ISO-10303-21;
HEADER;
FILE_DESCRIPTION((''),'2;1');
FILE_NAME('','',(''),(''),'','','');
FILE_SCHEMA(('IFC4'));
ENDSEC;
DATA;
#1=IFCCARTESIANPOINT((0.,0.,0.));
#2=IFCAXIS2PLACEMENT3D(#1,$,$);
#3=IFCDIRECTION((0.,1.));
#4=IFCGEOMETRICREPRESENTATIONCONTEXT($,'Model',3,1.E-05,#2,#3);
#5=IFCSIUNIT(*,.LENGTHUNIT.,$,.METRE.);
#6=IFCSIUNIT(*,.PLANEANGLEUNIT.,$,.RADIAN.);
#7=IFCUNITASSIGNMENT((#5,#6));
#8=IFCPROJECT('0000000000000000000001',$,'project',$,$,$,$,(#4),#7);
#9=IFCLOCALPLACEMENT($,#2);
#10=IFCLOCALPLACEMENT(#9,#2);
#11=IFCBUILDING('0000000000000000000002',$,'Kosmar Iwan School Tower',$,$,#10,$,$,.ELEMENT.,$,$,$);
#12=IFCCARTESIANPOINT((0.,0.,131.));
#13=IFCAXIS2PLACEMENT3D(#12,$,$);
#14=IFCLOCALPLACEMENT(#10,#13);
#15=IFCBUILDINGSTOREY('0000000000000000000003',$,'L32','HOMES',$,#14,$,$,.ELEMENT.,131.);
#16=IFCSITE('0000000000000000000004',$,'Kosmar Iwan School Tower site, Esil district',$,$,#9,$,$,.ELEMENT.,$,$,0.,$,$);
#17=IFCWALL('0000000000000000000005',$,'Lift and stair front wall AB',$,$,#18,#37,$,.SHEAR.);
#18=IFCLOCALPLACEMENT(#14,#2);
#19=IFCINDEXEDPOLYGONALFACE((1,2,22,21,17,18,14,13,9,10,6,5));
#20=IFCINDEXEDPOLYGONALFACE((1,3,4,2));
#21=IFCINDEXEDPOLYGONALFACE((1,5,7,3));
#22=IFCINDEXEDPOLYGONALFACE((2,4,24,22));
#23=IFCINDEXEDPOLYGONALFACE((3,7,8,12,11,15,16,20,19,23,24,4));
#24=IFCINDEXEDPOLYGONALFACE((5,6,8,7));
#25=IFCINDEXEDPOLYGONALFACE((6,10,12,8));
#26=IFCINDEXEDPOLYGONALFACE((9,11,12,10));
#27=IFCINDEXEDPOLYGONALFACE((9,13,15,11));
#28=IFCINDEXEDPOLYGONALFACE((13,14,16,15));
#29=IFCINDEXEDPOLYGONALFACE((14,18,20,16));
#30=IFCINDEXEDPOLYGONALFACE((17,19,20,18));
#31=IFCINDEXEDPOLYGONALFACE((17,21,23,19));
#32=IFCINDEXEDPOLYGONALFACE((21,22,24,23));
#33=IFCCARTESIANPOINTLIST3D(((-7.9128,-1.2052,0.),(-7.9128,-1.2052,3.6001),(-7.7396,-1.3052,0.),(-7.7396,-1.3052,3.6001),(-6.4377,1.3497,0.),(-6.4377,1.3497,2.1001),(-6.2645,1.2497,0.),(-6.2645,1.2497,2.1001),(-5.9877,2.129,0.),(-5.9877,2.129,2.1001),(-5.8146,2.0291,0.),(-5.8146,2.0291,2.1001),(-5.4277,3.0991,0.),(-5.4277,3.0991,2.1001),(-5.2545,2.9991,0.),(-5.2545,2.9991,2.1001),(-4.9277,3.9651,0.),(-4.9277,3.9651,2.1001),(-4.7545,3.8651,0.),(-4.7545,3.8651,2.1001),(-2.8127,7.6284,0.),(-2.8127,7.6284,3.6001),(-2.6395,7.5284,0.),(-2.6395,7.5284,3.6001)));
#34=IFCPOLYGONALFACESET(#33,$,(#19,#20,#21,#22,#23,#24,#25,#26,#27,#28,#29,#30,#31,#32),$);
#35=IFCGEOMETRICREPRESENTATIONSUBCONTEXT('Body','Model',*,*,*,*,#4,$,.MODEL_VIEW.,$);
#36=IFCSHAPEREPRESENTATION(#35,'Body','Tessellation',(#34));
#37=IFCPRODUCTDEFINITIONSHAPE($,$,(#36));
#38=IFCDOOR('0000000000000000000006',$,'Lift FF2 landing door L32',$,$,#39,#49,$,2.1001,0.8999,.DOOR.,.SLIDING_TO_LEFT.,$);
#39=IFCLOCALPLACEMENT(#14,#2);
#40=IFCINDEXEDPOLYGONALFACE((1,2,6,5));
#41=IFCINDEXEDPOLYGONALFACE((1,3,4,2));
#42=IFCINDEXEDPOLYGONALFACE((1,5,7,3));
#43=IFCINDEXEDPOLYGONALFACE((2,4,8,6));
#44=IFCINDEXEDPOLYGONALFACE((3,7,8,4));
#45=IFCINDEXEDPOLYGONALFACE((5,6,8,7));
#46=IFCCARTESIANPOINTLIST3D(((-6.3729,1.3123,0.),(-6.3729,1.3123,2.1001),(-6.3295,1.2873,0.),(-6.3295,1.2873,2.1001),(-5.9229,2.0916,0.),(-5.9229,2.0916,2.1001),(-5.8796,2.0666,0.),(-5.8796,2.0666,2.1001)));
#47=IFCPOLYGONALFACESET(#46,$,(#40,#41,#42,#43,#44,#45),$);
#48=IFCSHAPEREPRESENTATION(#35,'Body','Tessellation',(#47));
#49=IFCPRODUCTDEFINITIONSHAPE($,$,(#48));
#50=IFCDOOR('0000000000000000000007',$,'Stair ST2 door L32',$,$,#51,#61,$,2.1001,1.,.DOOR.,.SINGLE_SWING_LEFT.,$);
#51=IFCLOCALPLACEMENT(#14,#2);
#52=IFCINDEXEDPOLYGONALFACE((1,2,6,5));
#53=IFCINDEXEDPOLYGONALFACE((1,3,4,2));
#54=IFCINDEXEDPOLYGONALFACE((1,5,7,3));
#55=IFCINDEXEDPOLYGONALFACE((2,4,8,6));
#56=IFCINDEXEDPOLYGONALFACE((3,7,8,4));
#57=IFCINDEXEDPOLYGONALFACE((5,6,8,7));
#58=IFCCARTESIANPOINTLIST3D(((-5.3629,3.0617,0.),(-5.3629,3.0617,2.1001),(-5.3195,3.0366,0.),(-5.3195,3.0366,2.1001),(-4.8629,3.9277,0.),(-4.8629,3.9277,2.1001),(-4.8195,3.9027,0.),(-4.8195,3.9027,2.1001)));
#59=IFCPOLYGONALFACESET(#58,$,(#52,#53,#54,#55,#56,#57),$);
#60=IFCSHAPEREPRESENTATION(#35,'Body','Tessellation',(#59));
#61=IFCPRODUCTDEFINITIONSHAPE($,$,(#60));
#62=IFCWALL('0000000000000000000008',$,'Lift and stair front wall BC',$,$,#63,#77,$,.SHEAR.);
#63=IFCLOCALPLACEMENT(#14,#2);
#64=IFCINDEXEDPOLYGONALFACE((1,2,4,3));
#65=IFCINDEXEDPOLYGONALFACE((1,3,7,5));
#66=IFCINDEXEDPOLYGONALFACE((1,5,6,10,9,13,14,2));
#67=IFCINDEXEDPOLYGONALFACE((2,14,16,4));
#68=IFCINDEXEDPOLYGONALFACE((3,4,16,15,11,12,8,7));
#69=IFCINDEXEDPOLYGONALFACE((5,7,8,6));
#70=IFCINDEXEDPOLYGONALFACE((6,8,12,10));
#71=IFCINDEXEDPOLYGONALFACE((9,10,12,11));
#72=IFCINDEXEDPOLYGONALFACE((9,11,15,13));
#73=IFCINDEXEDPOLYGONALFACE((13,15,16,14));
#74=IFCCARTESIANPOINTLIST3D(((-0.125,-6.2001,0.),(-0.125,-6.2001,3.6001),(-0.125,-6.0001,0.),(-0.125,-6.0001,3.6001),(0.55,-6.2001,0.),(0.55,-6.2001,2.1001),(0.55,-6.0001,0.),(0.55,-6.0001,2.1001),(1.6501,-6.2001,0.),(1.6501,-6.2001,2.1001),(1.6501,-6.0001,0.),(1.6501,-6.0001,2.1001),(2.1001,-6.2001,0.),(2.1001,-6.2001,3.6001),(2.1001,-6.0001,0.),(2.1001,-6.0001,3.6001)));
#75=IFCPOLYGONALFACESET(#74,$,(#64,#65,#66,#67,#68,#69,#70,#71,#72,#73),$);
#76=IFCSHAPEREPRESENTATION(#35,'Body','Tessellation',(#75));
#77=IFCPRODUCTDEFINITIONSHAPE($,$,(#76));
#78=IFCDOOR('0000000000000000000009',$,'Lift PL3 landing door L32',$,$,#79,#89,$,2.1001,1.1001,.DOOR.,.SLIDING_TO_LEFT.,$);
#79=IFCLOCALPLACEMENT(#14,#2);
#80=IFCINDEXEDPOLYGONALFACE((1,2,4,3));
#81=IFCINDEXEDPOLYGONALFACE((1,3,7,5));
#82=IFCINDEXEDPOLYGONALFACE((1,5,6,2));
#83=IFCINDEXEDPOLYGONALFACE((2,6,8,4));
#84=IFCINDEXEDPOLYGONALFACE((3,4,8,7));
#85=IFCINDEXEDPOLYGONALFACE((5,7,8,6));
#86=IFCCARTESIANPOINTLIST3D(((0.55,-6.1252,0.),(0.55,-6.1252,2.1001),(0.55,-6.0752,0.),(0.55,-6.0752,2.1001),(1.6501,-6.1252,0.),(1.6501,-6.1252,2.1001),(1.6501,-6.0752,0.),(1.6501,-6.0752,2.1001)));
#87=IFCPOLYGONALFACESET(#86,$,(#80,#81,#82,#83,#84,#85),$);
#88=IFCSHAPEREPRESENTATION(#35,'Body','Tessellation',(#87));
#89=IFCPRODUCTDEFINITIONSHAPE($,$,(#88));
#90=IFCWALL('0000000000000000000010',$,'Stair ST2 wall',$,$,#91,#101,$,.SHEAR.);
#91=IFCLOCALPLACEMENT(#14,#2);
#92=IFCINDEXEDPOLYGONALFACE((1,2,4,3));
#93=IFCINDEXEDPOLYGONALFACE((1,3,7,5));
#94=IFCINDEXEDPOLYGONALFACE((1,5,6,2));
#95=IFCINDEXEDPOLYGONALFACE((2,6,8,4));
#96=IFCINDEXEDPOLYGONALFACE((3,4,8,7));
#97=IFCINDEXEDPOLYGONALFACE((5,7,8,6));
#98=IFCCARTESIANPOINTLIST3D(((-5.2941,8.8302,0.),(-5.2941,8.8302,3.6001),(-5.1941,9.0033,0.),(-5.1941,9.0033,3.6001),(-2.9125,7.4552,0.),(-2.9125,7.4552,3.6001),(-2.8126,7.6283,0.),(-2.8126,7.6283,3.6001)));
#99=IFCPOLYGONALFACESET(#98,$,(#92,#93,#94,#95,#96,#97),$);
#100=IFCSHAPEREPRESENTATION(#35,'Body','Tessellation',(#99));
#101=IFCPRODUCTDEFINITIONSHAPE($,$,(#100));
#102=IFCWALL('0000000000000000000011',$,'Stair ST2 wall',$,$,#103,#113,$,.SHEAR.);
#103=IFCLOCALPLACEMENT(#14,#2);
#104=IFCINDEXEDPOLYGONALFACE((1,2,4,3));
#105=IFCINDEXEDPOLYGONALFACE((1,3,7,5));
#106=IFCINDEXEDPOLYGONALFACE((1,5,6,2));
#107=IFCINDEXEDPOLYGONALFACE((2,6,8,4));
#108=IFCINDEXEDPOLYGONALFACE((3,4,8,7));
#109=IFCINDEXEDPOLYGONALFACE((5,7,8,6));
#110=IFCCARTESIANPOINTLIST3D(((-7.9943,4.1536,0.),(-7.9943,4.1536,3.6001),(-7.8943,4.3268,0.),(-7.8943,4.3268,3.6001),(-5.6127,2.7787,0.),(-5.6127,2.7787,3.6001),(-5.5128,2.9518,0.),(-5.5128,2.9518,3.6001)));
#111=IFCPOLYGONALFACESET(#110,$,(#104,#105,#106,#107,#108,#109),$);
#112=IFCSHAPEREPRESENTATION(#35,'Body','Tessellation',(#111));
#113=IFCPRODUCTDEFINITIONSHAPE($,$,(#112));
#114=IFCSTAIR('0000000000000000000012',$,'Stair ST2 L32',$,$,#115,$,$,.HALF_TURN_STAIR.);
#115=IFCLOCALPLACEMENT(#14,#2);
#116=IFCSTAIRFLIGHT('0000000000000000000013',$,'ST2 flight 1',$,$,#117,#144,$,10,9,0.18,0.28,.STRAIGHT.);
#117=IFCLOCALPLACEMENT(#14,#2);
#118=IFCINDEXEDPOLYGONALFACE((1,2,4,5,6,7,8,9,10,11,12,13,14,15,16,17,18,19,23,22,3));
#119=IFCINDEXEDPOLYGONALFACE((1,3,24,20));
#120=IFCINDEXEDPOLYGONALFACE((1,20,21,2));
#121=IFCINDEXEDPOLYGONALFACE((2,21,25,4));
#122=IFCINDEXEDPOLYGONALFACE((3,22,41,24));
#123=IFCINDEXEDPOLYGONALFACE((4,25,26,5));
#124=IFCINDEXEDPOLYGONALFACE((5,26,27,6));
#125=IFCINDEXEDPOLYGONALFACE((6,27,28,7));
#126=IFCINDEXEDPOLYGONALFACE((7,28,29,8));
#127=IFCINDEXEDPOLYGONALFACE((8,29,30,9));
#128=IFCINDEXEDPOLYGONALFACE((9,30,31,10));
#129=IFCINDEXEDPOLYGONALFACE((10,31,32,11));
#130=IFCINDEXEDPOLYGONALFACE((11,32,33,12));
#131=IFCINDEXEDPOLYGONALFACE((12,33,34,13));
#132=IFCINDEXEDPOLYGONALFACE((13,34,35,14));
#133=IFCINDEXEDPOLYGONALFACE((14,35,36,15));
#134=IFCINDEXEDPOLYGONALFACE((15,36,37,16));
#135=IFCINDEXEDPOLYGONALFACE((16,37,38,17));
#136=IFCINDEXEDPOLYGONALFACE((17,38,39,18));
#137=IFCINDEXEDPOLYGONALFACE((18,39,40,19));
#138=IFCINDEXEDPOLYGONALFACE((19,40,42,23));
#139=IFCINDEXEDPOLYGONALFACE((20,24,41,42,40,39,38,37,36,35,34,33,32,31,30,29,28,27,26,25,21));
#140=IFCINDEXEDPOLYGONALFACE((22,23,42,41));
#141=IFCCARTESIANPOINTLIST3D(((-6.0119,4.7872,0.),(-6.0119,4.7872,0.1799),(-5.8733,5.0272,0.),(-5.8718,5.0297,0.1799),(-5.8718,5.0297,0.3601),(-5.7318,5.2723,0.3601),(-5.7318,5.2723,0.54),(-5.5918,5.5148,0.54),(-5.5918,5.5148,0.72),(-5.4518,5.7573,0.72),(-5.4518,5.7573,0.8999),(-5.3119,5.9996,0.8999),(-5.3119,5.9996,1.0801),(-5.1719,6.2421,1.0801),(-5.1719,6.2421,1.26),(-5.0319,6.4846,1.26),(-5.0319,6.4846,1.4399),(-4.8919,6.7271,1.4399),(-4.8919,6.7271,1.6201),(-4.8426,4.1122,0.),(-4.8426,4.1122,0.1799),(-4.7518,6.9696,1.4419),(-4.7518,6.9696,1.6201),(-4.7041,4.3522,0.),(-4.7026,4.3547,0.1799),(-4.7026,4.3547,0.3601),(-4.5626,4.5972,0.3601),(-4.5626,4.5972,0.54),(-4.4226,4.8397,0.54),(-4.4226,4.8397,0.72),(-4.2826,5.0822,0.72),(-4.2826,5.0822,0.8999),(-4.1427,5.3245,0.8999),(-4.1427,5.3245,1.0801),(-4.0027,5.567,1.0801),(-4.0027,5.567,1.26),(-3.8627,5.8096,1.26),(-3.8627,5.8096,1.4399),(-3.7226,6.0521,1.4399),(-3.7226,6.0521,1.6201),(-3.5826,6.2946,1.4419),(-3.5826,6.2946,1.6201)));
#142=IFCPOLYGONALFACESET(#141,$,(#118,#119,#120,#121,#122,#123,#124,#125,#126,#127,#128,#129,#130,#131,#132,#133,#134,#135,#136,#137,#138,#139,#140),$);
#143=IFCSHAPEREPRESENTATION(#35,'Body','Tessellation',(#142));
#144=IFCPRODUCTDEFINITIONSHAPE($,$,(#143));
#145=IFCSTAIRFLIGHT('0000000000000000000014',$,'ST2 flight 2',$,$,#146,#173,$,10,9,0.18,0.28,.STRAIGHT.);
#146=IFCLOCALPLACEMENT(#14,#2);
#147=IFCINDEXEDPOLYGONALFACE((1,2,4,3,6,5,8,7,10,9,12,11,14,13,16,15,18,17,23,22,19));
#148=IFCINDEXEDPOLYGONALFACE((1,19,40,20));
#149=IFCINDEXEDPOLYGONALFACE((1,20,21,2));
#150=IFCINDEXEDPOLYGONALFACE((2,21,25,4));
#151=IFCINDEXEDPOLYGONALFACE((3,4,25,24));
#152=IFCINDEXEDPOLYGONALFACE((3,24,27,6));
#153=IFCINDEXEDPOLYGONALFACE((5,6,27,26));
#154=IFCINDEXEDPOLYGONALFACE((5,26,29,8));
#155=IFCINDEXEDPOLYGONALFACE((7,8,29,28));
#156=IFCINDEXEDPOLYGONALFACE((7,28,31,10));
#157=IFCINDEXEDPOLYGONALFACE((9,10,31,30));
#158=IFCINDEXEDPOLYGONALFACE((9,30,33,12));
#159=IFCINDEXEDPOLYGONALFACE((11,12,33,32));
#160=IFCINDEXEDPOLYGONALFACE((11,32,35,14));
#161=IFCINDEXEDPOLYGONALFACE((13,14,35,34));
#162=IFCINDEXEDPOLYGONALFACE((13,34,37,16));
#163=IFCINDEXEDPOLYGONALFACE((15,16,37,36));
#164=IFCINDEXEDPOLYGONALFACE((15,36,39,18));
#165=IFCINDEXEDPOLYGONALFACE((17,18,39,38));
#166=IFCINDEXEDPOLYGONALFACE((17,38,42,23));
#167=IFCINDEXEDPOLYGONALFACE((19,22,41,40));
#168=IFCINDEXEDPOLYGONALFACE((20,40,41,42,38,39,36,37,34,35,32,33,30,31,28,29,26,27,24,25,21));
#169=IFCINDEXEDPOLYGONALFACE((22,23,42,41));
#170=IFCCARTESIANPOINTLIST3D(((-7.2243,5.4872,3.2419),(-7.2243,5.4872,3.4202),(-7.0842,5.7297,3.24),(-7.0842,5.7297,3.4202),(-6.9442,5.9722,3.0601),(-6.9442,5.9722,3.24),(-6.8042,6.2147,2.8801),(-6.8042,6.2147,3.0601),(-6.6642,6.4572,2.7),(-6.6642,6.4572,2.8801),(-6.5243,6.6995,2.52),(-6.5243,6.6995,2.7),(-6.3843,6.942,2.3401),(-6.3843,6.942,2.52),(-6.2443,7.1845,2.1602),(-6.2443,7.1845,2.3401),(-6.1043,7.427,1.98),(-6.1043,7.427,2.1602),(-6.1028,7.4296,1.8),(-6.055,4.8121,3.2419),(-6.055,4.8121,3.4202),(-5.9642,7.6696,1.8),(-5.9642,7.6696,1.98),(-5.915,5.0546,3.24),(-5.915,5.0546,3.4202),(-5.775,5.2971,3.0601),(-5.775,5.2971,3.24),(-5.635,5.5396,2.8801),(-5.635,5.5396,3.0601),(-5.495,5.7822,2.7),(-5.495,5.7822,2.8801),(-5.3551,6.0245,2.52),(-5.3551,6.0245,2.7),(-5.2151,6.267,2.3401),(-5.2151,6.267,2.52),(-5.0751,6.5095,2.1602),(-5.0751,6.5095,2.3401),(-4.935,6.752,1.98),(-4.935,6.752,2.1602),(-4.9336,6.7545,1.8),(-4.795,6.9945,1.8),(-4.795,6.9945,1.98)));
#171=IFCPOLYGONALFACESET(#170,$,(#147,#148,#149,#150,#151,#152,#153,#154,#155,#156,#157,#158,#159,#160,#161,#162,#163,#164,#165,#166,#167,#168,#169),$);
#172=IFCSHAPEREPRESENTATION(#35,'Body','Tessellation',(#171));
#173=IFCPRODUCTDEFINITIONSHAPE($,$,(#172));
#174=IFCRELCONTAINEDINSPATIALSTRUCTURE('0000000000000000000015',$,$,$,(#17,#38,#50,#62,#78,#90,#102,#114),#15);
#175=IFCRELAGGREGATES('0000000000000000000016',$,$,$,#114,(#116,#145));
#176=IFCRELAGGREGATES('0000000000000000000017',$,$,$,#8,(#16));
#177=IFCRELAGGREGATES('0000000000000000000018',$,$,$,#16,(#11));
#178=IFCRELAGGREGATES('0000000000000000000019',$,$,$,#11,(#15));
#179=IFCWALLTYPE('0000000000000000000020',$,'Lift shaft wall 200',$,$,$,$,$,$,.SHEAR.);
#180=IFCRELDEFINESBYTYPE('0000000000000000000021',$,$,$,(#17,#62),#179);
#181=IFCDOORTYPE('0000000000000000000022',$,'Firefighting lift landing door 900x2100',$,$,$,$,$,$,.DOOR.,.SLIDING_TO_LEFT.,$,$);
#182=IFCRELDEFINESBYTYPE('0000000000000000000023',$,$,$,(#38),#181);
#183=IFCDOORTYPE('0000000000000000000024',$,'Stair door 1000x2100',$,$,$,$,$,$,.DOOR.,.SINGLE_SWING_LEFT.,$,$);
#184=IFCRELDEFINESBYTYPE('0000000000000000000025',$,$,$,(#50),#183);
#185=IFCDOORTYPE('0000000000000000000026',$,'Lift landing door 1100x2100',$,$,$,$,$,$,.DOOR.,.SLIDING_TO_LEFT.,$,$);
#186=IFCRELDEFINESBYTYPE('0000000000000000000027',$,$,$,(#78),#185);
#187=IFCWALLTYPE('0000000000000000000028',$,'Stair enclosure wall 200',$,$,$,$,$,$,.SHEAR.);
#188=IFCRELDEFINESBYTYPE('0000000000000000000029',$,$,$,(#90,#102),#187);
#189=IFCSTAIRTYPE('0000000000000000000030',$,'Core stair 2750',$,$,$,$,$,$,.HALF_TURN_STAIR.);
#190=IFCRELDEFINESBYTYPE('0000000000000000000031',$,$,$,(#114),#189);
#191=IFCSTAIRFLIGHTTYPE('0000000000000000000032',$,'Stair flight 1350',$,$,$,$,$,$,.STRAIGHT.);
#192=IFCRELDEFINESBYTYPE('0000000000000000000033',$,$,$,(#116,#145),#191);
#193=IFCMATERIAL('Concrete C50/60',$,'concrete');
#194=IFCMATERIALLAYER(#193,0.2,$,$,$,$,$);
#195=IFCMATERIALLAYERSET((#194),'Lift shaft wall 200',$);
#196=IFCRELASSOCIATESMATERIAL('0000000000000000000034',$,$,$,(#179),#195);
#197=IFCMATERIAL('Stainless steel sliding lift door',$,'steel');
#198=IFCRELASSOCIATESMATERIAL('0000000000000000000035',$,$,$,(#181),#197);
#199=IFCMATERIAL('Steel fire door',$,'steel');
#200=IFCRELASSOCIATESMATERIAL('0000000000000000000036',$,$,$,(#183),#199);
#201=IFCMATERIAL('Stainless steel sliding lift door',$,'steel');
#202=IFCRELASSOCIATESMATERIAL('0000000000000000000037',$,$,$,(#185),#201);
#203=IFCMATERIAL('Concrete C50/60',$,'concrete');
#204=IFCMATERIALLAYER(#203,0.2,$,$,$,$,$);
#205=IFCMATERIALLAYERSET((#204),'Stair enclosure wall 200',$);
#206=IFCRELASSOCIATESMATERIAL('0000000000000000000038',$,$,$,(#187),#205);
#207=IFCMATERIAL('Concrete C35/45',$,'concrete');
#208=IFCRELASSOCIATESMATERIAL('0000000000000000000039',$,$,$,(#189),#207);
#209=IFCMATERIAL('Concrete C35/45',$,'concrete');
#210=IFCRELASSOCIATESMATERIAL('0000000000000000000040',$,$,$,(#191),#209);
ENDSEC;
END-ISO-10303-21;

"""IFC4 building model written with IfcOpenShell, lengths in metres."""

from ifc_helpers import new_model, si_unit, direction, frame, frame_2d, origin, place, context, subcontext, project, spatial, polyline, rectangle, outline, extrude, material, layer, layer_set, type_object, element, fill, aggregate, save


model = new_model("IFC4")

# Units and contexts
model_context = context("Model", 3, precision=1e-05, world=origin(), true_north=direction((0.0, 1.0)))
body_context = subcontext(model_context, "Body", "Model", "MODEL_VIEW")
ifc_project = project(units=[si_unit("LENGTHUNIT", "METRE"), si_unit("PLANEANGLEUNIT", "RADIAN")], contexts=[model_context])

# Site, building, storey
site_placement = place(None, origin())
site = spatial("IfcSite", under=ifc_project, at=site_placement, Name="Kosmar Iwan School Tower site, Esil district", CompositionType="ELEMENT", RefElevation=0.0)
building_placement = place(site_placement, origin())
building = spatial("IfcBuilding", under=site, at=building_placement, Name="Kosmar Iwan School Tower", CompositionType="ELEMENT")
storey_placement = place(building_placement, frame((0.0, 0.0, 131.0)))
storey = spatial("IfcBuildingStorey", under=building, at=storey_placement, Name="L32", Description="HOMES", CompositionType="ELEMENT", Elevation=131.0)

# Wall, openings, doors
ifc_material_1 = material(Name="Concrete C50/60", Category="concrete")
ifc_layer_1 = layer(ifc_material_1, 0.2)
ifc_layer_set_1 = layer_set([ifc_layer_1], Name="Lift shaft wall 200")
wall_type_1 = type_object("IfcWallType", Name="Lift shaft wall 200", PredefinedType="SHEAR", material=ifc_layer_set_1)
wall_1_placement = place(storey_placement, frame((-2.7261, 7.5784, 0.0), z_axis=(0.0, 0.0, 1.0), x_axis=(-0.500006, -0.866022, 0.0)))
wall_1 = element("IfcWall", 1, at=wall_1_placement, inside=storey, type_object=wall_type_1, Name="Lift and stair front wall AB", PredefinedType="SHEAR", context=body_context, shape_type="SweptSolid", body=[
    extrude(rectangle(XDim=10.2002, YDim=0.2, at=frame_2d((5.1001, 0.0))), origin(), (0.0, 0.0, 1.0), 3.6001),
])
opening_1_placement = place(wall_1_placement, frame((6.3501, 0.0, 0.0)))
opening_1 = element("IfcOpeningElement", 2, at=opening_1_placement, cuts=wall_1, PredefinedType="OPENING", context=body_context, shape_type="SweptSolid", body=[
    extrude(rectangle(XDim=0.8999, YDim=2.1001, at=frame_2d((0.45, 1.05))), frame((0.0, 0.1121, 0.0), z_axis=(0.0, -1.0, 0.0), x_axis=(1.0, 0.0, 0.0)), (0.0, 0.0, 1.0), 0.2239),
])
opening_2_placement = place(wall_1_placement, frame((4.23, 0.0, 0.0)))
opening_2 = element("IfcOpeningElement", 3, at=opening_2_placement, cuts=wall_1, PredefinedType="OPENING", context=body_context, shape_type="SweptSolid", body=[
    extrude(rectangle(XDim=1.0, YDim=2.1001, at=frame_2d((0.5, 1.05))), frame((0.0, 0.1121, 0.0), z_axis=(0.0, -1.0, 0.0), x_axis=(1.0, 0.0, 0.0)), (0.0, 0.0, 1.0), 0.2239),
])
ifc_material_2 = material(Name="Stainless steel sliding lift door", Category="steel")
door_type_1 = type_object("IfcDoorType", Name="Firefighting lift landing door 900x2100", OperationType="SLIDING_TO_LEFT", PredefinedType="DOOR", material=ifc_material_2)
door_1_placement = place(opening_1_placement, origin())
door_1 = element("IfcDoor", 4, at=door_1_placement, inside=storey, type_object=door_type_1, Name="Lift FF2 landing door L32", OperationType="SLIDING_TO_LEFT", OverallHeight=2.1001, OverallWidth=0.8999, PredefinedType="DOOR", context=body_context, shape_type="SweptSolid", body=[
    extrude(rectangle(XDim=0.8999, YDim=2.1001, at=frame_2d((0.45, 1.05))), frame((0.0, 0.0249, 0.0), z_axis=(0.0, -1.0, 0.0), x_axis=(1.0, 0.0, 0.0)), (0.0, 0.0, 1.0), 0.05),
])
fill(opening_1, door_1)
ifc_material_3 = material(Name="Steel fire door", Category="steel")
door_type_2 = type_object("IfcDoorType", Name="Stair door 1000x2100", OperationType="SINGLE_SWING_LEFT", PredefinedType="DOOR", material=ifc_material_3)
door_2_placement = place(opening_2_placement, origin())
door_2 = element("IfcDoor", 5, at=door_2_placement, inside=storey, type_object=door_type_2, Name="Stair ST2 door L32", OperationType="SINGLE_SWING_LEFT", OverallHeight=2.1001, OverallWidth=1.0, PredefinedType="DOOR", context=body_context, shape_type="SweptSolid", body=[
    extrude(rectangle(XDim=1.0, YDim=2.1001, at=frame_2d((0.5, 1.05))), frame((0.0, 0.0249, 0.0), z_axis=(0.0, -1.0, 0.0), x_axis=(1.0, 0.0, 0.0)), (0.0, 0.0, 1.0), 0.05),
])
fill(opening_2, door_2)

# Wall, opening, door
wall_2_placement = place(storey_placement, frame((-0.125, -6.1001, 0.0), z_axis=(0.0, 0.0, 1.0), x_axis=(1.0, 0.0, 0.0)))
wall_2 = element("IfcWall", 6, at=wall_2_placement, inside=storey, type_object=wall_type_1, Name="Lift and stair front wall BC", PredefinedType="SHEAR", context=body_context, shape_type="SweptSolid", body=[
    extrude(rectangle(XDim=2.2251, YDim=0.2, at=frame_2d((1.1125, 0.0))), origin(), (0.0, 0.0, 1.0), 3.6001),
])
opening_3_placement = place(wall_2_placement, frame((0.675, 0.0, 0.0)))
opening_3 = element("IfcOpeningElement", 7, at=opening_3_placement, cuts=wall_2, PredefinedType="OPENING", context=body_context, shape_type="SweptSolid", body=[
    extrude(rectangle(XDim=1.1001, YDim=2.1001, at=frame_2d((0.55, 1.05))), frame((0.0, 0.1121, 0.0), z_axis=(0.0, -1.0, 0.0), x_axis=(1.0, 0.0, 0.0)), (0.0, 0.0, 1.0), 0.2239),
])
ifc_material_4 = material(Name="Stainless steel sliding lift door", Category="steel")
door_type_3 = type_object("IfcDoorType", Name="Lift landing door 1100x2100", OperationType="SLIDING_TO_LEFT", PredefinedType="DOOR", material=ifc_material_4)
door_3_placement = place(opening_3_placement, origin())
door_3 = element("IfcDoor", 8, at=door_3_placement, inside=storey, type_object=door_type_3, Name="Lift PL3 landing door L32", OperationType="SLIDING_TO_LEFT", OverallHeight=2.1001, OverallWidth=1.1001, PredefinedType="DOOR", context=body_context, shape_type="SweptSolid", body=[
    extrude(rectangle(XDim=1.1001, YDim=2.1001, at=frame_2d((0.55, 1.05))), frame((0.0, 0.0249, 0.0), z_axis=(0.0, -1.0, 0.0), x_axis=(1.0, 0.0, 0.0)), (0.0, 0.0, 1.0), 0.05),
])
fill(opening_3, door_3)

# Walls
ifc_material_5 = material(Name="Concrete C50/60", Category="concrete")
ifc_layer_2 = layer(ifc_material_5, 0.2)
ifc_layer_set_2 = layer_set([ifc_layer_2], Name="Stair enclosure wall 200")
wall_type_2 = type_object("IfcWallType", Name="Stair enclosure wall 200", PredefinedType="SHEAR", material=ifc_layer_set_2)
for number, where, z_axis, x_axis, name in (
    (9, (-2.8625, 7.5417, 0.0), (0.0, 0.0, 1.0), (-0.866027, 0.499997, 0.0), "Stair ST2 wall"),
    (10, (-5.5627, 2.8652, 0.0), (0.0, 0.0, 1.0), (-0.866027, 0.499997, 0.0), "Stair ST2 wall"),
):
    element("IfcWall", number, at=place(storey_placement, frame(where, z_axis=z_axis, x_axis=x_axis)), inside=storey, type_object=wall_type_2, Name=name, PredefinedType="SHEAR", context=body_context, shape_type="SweptSolid", body=[
        extrude(rectangle(XDim=2.75, YDim=0.2, at=frame_2d((1.375, 0.0))), origin(), (0.0, 0.0, 1.0), 3.6001),
    ])

# Stair, stair flights
ifc_material_6 = material(Name="Concrete C35/45", Category="concrete")
stair_type = type_object("IfcStairType", Name="Core stair 2750", PredefinedType="HALF_TURN_STAIR", material=ifc_material_6)
stair_placement = place(storey_placement, origin())
stair = element("IfcStair", 11, at=stair_placement, inside=storey, type_object=stair_type, Name="Stair ST2 L32", PredefinedType="HALF_TURN_STAIR")
ifc_material_7 = material(Name="Concrete C35/45", Category="concrete")
stair_flight_type = type_object("IfcStairFlightType", Name="Stair flight 1350", PredefinedType="STRAIGHT", material=ifc_material_7)
stair_flight_1_placement = place(storey_placement, frame((-5.4272, 4.4497, 0.0), z_axis=(0.0, 0.0, 1.0), x_axis=(0.5, 0.866025, 0.0)))
stair_flight_1 = element("IfcStairFlight", 12, at=stair_flight_1_placement, type_object=stair_flight_type, Name="ST2 flight 1", NumberOfRisers=10, NumberOfTreads=9, PredefinedType="STRAIGHT", RiserHeight=0.18, TreadLength=0.28, context=body_context, shape_type="SweptSolid", body=[
    extrude(outline(polyline([(0.0, 0.0), (0.0, 0.1799), (0.28, 0.1799), (0.28, 0.3601), (0.5601, 0.3601), (0.5601, 0.54), (0.8401, 0.54), (0.8401, 0.72), (1.1201, 0.72), (1.1201, 0.8999), (1.3999, 0.8999), (1.3999, 1.0801), (1.6799, 1.0801), (1.6799, 1.26), (1.96, 1.26), (1.96, 1.4399), (2.24, 1.4399), (2.24, 1.6201), (2.52, 1.6201), (2.52, 1.8), (2.52, 1.4419), (0.2771, 0.0), (0.0, 0.0)])), frame((0.0, 0.675, 0.0), z_axis=(0.0, -1.0, 0.0), x_axis=(1.0, 0.0, 0.0)), (0.0, 0.0, 1.0), 1.3501),
])
stair_flight_2_placement = place(storey_placement, frame((-5.3796, 7.332, 1.8), z_axis=(0.0, 0.0, 1.0), x_axis=(-0.5, -0.866025, 0.0)))
stair_flight_2 = element("IfcStairFlight", 13, at=stair_flight_2_placement, type_object=stair_flight_type, Name="ST2 flight 2", NumberOfRisers=10, NumberOfTreads=9, PredefinedType="STRAIGHT", RiserHeight=0.18, TreadLength=0.28, context=body_context, shape_type="SweptSolid", body=[
    extrude(outline(polyline([(0.0, 0.0), (0.0, 0.1799), (0.28, 0.1799), (0.28, 0.3601), (0.5601, 0.3601), (0.5601, 0.54), (0.8401, 0.54), (0.8401, 0.72), (1.1201, 0.72), (1.1201, 0.8999), (1.3999, 0.8999), (1.3999, 1.0801), (1.6799, 1.0801), (1.6799, 1.26), (1.96, 1.26), (1.96, 1.4399), (2.24, 1.4399), (2.24, 1.6201), (2.52, 1.6201), (2.52, 1.8), (2.52, 1.4419), (0.2771, 0.0), (0.0, 0.0)])), frame((0.0, 0.675, 0.0), z_axis=(0.0, -1.0, 0.0), x_axis=(1.0, 0.0, 0.0)), (0.0, 0.0, 1.0), 1.3501),
])
aggregate(stair, [stair_flight_1, stair_flight_2])

save(model, "model.ifc")
